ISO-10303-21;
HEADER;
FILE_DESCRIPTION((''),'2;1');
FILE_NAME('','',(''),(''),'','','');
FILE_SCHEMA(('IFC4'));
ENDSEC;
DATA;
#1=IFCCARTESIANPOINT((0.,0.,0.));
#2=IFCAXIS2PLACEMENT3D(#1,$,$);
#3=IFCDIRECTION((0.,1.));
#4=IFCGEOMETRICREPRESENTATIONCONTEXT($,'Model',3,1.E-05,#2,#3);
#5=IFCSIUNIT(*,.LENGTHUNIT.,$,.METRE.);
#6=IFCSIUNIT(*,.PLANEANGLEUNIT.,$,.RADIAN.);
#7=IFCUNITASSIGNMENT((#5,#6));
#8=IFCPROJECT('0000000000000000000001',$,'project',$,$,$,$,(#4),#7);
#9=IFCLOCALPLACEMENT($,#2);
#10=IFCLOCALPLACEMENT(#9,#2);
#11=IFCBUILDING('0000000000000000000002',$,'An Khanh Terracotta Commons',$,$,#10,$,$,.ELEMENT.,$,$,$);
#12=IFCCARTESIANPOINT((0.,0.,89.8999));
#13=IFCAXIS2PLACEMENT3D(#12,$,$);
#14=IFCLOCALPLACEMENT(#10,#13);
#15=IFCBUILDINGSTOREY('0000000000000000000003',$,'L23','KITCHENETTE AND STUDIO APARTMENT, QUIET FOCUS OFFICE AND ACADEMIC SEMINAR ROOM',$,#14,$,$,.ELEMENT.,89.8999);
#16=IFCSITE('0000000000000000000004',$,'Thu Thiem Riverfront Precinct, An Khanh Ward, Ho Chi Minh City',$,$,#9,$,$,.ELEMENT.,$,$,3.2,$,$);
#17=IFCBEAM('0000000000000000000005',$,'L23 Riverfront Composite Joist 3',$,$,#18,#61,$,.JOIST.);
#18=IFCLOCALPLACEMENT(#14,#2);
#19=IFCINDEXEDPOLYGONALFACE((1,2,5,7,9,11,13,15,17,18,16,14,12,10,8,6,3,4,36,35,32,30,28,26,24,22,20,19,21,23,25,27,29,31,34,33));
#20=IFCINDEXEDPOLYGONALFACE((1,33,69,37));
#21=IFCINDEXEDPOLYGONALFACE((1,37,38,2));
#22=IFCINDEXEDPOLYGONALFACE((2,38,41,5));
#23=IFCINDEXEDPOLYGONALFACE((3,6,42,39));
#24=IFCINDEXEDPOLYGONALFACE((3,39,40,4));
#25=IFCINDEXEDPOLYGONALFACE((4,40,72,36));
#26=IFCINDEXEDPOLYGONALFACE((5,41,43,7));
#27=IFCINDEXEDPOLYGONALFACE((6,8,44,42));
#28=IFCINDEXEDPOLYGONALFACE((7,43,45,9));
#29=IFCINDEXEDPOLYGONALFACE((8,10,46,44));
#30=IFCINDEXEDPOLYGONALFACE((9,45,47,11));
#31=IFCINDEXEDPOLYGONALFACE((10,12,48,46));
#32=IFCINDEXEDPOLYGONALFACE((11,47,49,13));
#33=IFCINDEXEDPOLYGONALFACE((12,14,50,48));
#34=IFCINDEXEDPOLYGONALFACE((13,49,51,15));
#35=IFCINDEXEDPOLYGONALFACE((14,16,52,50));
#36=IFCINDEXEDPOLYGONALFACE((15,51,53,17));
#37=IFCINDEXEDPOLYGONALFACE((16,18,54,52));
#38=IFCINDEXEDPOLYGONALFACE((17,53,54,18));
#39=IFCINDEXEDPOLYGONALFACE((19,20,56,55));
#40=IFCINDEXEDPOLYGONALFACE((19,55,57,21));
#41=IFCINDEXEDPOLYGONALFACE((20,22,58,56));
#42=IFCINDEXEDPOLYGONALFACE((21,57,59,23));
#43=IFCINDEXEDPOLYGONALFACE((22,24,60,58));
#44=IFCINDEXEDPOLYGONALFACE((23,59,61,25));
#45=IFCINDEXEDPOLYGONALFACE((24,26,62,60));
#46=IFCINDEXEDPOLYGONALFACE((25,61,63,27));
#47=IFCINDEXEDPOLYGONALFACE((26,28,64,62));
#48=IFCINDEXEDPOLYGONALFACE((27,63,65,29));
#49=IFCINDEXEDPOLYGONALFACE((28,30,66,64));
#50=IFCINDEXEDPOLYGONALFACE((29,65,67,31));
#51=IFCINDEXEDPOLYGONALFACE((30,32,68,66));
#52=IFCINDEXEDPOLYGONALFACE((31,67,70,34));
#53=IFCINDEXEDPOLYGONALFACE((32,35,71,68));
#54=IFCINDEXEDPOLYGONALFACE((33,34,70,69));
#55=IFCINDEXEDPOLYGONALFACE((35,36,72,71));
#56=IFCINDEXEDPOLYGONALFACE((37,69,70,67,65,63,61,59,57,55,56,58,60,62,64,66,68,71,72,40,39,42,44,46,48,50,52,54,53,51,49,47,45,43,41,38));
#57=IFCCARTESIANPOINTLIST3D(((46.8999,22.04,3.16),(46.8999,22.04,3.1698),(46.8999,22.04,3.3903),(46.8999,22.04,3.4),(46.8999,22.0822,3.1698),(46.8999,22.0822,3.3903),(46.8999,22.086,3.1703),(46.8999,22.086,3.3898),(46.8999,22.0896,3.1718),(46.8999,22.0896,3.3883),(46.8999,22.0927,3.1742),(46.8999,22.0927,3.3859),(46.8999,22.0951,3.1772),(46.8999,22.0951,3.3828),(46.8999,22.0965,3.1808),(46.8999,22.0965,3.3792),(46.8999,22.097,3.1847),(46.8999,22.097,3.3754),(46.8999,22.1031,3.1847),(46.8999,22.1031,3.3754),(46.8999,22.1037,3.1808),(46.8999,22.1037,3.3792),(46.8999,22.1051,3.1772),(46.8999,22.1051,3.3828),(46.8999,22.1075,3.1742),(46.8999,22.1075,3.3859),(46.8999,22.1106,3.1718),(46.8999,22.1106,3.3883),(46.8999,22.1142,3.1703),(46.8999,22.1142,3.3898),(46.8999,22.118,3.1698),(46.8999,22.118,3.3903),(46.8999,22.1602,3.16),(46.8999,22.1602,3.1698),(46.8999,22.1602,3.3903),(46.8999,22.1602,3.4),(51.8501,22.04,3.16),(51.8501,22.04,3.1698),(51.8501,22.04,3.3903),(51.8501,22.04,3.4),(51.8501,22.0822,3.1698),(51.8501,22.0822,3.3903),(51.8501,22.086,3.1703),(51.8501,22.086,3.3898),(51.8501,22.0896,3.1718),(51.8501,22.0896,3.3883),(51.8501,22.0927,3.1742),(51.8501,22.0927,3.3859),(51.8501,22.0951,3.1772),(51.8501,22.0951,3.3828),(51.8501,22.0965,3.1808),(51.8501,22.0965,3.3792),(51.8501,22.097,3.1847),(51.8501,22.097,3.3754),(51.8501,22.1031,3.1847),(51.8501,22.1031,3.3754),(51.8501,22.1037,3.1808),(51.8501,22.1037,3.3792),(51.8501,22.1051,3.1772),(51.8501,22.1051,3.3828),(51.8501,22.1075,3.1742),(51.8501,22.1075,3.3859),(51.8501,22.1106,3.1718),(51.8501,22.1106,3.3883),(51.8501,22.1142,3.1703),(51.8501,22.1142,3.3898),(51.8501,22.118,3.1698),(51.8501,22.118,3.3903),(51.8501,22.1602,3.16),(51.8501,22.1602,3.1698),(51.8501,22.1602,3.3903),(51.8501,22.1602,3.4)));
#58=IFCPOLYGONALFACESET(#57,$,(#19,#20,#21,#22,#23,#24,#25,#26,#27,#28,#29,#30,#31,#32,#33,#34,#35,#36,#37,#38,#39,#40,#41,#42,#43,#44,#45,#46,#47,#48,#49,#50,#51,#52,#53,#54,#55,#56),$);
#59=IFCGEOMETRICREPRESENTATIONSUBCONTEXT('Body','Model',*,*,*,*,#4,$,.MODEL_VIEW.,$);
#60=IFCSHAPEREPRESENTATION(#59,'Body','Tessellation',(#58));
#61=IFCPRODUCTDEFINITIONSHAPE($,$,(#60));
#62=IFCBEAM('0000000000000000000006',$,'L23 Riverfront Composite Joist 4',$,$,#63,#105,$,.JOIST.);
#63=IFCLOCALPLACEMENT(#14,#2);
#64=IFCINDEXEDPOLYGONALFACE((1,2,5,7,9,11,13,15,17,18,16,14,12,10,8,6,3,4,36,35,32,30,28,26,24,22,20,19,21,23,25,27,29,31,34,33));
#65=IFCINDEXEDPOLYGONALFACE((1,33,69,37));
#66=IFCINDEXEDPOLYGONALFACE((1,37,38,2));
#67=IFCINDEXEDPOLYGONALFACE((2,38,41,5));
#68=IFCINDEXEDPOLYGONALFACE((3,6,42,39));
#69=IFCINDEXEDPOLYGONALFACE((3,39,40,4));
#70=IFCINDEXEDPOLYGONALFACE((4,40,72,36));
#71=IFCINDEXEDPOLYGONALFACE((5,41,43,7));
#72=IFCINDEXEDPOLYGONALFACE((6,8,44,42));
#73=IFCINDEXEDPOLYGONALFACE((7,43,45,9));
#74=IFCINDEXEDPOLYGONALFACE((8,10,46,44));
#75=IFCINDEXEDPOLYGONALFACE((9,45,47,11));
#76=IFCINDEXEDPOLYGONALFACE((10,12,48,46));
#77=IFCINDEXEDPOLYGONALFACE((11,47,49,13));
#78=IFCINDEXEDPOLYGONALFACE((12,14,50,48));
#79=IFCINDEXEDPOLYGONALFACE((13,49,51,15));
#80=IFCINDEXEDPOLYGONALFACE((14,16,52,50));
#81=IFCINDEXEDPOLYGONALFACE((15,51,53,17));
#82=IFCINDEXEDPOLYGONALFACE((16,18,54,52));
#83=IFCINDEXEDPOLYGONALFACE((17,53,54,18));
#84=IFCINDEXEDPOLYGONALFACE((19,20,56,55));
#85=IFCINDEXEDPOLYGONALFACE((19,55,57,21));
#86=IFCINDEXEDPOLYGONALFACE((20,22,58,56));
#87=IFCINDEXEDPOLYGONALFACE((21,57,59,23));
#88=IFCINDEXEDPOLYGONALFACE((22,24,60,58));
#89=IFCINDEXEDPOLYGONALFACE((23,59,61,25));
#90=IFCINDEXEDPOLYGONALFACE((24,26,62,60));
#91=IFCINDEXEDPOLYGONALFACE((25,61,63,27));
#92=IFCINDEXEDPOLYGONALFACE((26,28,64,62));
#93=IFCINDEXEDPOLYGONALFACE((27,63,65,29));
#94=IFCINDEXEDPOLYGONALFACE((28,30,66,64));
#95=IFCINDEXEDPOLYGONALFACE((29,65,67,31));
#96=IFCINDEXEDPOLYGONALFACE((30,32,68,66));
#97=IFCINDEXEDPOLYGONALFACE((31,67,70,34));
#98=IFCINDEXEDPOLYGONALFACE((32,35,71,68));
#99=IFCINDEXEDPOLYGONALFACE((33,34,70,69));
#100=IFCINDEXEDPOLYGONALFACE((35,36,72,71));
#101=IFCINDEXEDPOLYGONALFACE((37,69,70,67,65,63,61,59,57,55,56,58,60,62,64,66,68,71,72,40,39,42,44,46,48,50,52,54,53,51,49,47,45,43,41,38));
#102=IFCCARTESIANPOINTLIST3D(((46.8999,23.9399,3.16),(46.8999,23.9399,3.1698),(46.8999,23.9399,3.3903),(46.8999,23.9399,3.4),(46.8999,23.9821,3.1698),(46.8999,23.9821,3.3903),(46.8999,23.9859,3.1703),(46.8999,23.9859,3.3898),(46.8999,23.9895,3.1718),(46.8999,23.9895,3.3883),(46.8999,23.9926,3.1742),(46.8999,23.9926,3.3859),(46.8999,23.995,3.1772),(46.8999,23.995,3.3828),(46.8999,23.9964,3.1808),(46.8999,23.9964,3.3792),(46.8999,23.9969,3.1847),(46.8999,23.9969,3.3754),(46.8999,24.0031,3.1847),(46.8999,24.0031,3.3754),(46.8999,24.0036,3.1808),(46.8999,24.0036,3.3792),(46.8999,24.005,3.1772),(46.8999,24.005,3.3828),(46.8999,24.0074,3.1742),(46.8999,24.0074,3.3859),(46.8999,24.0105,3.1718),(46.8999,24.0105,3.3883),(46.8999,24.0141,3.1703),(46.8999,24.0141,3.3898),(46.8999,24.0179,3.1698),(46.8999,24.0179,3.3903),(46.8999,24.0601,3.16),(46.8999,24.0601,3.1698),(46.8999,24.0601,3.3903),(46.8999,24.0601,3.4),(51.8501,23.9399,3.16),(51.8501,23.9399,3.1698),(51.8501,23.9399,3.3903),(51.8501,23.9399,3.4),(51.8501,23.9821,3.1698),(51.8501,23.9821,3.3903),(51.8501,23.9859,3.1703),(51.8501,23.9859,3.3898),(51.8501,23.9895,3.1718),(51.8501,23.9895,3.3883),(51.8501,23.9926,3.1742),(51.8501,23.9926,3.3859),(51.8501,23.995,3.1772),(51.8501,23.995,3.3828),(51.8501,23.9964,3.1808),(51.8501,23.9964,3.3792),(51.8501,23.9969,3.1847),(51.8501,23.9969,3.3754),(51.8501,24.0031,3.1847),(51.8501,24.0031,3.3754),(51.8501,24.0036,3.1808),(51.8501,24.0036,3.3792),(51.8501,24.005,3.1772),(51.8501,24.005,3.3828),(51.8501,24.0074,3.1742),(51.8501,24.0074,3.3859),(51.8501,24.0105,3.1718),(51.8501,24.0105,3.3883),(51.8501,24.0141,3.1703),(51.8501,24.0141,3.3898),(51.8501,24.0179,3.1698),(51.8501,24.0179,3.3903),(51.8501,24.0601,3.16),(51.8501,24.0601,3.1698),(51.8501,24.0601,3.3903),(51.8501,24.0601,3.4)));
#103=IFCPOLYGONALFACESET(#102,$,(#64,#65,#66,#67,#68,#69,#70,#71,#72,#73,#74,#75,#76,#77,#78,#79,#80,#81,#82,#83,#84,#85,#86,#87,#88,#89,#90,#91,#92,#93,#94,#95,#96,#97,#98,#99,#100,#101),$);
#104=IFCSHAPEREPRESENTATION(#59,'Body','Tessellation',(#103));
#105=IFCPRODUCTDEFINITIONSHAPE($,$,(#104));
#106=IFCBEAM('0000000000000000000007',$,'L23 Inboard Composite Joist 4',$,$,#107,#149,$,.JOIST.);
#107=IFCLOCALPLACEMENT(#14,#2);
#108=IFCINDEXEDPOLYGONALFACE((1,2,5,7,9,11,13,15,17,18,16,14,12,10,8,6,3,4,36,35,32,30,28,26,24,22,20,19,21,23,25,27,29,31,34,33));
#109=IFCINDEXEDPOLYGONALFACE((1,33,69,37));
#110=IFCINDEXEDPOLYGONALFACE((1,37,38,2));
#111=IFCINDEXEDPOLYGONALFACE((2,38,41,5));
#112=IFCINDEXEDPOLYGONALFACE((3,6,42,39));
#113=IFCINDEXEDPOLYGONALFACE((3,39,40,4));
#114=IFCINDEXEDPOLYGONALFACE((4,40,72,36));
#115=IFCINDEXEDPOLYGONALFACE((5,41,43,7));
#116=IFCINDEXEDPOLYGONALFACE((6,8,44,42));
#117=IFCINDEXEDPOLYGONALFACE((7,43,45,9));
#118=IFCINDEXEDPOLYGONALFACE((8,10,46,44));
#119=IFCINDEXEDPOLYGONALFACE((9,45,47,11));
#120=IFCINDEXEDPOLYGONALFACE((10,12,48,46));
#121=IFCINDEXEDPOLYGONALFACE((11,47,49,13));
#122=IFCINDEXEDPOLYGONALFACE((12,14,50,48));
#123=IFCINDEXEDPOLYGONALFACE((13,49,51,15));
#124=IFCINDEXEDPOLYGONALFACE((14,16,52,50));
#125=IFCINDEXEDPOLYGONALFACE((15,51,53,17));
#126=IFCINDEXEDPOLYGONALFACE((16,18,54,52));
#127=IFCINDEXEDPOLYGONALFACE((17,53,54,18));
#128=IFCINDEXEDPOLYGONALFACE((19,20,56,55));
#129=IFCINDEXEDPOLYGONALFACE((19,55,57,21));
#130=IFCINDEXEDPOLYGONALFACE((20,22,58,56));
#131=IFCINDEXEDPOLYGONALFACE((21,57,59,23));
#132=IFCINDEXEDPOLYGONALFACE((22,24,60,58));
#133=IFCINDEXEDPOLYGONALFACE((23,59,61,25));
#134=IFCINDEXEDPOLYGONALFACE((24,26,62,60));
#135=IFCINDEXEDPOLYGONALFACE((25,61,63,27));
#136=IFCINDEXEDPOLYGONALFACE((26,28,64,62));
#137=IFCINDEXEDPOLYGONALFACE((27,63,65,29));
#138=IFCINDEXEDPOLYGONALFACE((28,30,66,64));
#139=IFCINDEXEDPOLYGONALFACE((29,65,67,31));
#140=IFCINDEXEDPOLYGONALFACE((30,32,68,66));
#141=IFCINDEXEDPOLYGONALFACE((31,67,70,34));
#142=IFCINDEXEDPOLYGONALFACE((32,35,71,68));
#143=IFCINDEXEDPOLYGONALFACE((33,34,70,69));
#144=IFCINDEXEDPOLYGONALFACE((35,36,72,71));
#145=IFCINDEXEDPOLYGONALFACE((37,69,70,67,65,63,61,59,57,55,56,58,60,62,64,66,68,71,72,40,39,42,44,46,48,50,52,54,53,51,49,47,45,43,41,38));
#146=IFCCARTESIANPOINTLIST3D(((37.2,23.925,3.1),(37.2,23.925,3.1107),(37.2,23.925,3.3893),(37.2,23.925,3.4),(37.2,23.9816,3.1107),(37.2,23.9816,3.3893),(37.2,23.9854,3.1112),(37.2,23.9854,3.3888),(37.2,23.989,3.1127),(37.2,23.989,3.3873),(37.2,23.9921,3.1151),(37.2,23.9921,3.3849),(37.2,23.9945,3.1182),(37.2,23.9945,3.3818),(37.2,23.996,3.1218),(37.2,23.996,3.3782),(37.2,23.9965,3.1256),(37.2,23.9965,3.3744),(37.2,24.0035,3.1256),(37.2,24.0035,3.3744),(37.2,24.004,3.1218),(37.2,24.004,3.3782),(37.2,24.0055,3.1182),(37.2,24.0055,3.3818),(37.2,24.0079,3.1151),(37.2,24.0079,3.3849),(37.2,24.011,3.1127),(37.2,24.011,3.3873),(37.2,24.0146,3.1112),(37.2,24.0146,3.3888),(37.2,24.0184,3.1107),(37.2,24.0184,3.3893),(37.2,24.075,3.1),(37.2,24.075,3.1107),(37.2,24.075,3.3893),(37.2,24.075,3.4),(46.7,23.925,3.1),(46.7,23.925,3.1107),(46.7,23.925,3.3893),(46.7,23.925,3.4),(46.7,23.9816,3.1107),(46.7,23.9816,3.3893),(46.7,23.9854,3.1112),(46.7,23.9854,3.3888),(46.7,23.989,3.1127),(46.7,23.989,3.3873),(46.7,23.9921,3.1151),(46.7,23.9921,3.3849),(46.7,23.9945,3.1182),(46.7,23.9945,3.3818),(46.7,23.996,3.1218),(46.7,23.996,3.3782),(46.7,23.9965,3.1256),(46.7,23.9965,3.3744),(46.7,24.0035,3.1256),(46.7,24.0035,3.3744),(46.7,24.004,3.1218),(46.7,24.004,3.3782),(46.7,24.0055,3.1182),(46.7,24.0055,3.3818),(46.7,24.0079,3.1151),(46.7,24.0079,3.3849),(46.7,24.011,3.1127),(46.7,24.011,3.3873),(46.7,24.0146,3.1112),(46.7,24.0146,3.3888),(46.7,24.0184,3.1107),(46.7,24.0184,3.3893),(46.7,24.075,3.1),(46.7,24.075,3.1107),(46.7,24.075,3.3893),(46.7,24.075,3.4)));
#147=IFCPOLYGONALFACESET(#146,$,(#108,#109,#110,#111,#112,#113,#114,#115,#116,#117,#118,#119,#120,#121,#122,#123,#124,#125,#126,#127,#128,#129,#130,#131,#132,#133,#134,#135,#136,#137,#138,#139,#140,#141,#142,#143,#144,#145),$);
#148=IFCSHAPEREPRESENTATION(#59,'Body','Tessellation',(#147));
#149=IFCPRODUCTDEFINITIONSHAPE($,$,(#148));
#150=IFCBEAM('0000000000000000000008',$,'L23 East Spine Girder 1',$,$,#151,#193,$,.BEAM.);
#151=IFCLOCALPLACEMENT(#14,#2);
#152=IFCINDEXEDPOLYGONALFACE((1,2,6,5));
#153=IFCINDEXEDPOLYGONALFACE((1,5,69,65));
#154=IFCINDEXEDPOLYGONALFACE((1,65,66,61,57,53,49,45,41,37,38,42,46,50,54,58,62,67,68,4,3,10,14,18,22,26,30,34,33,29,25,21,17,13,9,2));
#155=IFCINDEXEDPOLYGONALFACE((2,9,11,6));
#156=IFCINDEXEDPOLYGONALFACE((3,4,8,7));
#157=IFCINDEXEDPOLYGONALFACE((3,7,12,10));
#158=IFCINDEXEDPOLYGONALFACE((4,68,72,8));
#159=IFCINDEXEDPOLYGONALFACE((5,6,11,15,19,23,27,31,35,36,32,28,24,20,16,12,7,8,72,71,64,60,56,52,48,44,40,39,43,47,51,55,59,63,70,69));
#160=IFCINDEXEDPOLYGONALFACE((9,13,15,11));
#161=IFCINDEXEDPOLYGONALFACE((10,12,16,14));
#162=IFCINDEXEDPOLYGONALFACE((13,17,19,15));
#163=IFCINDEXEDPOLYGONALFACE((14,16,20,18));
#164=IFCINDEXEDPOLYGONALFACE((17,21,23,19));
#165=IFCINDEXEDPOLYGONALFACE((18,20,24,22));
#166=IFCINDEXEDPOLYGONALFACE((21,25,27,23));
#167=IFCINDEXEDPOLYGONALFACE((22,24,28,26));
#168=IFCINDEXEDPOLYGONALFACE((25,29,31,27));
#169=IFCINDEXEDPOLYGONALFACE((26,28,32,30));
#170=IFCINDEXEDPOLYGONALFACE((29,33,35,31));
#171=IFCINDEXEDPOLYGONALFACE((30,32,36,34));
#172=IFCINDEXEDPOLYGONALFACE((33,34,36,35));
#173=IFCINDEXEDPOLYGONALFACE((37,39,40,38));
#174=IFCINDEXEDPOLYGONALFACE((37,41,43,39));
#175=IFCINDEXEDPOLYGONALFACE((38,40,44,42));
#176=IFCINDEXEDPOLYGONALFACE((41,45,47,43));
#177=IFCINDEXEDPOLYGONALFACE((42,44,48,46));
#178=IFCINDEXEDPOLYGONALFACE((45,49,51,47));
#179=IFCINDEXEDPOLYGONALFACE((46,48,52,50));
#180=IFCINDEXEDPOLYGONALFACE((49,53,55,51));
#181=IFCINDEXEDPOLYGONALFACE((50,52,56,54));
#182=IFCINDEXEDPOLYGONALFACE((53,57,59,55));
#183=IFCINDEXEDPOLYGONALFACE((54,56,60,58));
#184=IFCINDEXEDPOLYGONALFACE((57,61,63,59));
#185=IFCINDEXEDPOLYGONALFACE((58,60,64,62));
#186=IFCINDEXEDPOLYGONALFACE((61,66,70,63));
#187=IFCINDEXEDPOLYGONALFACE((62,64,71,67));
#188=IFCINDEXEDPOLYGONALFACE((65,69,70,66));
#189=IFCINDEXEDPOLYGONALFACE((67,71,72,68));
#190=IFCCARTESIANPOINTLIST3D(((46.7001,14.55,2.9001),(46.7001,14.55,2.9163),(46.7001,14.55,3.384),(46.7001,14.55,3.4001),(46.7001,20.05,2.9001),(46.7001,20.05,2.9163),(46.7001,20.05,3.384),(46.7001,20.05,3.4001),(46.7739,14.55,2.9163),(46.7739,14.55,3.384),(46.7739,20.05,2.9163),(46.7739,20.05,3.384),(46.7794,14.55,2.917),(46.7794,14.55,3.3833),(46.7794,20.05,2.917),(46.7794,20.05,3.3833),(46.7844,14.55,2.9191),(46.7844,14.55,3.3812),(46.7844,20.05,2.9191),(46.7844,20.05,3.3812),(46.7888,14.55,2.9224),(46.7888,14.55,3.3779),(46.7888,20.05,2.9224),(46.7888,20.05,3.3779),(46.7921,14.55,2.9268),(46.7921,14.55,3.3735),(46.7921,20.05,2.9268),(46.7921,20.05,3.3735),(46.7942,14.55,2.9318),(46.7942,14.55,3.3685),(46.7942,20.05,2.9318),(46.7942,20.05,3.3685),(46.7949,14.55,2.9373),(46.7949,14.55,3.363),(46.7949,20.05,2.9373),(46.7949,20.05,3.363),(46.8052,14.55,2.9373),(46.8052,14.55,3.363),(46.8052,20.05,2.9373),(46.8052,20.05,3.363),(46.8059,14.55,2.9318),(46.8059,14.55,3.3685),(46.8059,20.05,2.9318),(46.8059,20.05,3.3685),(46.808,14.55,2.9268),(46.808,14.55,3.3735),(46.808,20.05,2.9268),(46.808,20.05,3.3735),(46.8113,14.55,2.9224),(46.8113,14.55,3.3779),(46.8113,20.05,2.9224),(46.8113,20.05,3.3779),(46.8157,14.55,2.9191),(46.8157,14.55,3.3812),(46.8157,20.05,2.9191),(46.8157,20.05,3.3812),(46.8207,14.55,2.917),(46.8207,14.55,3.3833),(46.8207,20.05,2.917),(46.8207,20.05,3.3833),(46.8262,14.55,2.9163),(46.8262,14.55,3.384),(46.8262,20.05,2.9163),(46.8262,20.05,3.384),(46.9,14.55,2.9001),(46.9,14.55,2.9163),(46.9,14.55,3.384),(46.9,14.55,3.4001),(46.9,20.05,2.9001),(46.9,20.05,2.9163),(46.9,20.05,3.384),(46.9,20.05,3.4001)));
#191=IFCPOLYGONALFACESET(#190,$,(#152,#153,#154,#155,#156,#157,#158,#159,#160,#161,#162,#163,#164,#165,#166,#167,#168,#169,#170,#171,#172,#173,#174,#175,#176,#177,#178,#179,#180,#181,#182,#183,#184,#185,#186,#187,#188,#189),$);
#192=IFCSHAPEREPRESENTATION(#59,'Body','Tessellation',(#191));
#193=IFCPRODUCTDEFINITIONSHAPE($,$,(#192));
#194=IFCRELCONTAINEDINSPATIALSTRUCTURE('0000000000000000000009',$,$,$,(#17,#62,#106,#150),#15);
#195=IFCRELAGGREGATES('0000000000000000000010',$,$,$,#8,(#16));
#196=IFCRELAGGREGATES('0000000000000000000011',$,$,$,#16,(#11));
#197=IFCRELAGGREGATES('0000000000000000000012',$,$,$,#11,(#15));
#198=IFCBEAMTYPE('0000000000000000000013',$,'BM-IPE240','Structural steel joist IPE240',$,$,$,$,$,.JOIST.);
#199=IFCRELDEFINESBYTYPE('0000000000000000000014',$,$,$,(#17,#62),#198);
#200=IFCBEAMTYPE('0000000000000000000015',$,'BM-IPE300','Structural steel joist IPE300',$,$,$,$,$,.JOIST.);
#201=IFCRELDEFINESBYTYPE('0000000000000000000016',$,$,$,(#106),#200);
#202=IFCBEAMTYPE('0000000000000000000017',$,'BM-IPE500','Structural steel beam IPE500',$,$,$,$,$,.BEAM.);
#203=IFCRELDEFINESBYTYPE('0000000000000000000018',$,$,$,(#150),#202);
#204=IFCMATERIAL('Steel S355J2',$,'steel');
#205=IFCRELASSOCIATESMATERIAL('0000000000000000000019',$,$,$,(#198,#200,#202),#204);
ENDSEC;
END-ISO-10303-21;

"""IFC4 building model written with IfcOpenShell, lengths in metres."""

from ifc_helpers import new_model, si_unit, direction, frame, origin, origin_2d, place, context, subcontext, project, spatial, i_section, extrude, material, material_profile, profile_set, type_object, element, save


model = new_model("IFC4")

# Units and contexts
model_context = context("Model", 3, precision=1e-05, world=origin(), true_north=direction((0.0, 1.0)))
body_context = subcontext(model_context, "Body", "Model", "MODEL_VIEW")
ifc_project = project(units=[si_unit("LENGTHUNIT", "METRE"), si_unit("PLANEANGLEUNIT", "RADIAN")], contexts=[model_context])

# Site, building, storey
site_placement = place(None, origin())
site = spatial("IfcSite", under=ifc_project, at=site_placement, Name="Thu Thiem Riverfront Precinct, An Khanh Ward, Ho Chi Minh City", CompositionType="ELEMENT", RefElevation=3.2)
building_placement = place(site_placement, origin())
building = spatial("IfcBuilding", under=site, at=building_placement, Name="An Khanh Terracotta Commons", CompositionType="ELEMENT")
storey_placement = place(building_placement, frame((0.0, 0.0, 89.8999)))
storey = spatial("IfcBuildingStorey", under=building, at=storey_placement, Name="L23", Description="KITCHENETTE AND STUDIO APARTMENT, QUIET FOCUS OFFICE AND ACADEMIC SEMINAR ROOM", CompositionType="ELEMENT", Elevation=89.8999)

# Beams
ifc_material_1 = material(Name="Steel S355J2", Category="steel")
ifc_material_profile_1 = material_profile(ifc_material_1, i_section(OverallWidth=0.1201, OverallDepth=0.24, WebThickness=0.0061, FlangeThickness=0.0098, FilletRadius=0.0149, at=origin_2d()), Name="IPE240")
ifc_profile_set_1 = profile_set([ifc_material_profile_1], Name="Steel S355J2")
beam_type_1 = type_object("IfcBeamType", Name="BM-IPE240", Description="Structural steel joist IPE240", PredefinedType="JOIST", material=ifc_profile_set_1)
for number, where, z_axis, x_axis, name in (
    (1, (46.8999, 22.1001, 3.28), (1.0, 0.0, 0.0), (0.0, 1.0, 0.0), "L23 Riverfront Composite Joist 3"),
    (2, (46.8999, 24.0, 3.28), (1.0, 0.0, 0.0), (0.0, 1.0, 0.0), "L23 Riverfront Composite Joist 4"),
):
    element("IfcBeam", number, at=place(storey_placement, frame(where, z_axis=z_axis, x_axis=x_axis)), inside=storey, type_object=beam_type_1, Name=name, PredefinedType="JOIST", context=body_context, shape_type="SweptSolid", body=[
        extrude(i_section(OverallWidth=0.1201, OverallDepth=0.24, WebThickness=0.0061, FlangeThickness=0.0098, FilletRadius=0.0149, at=origin_2d()), origin(), (0.0, 0.0, 1.0), 4.9502),
    ])
ifc_material_profile_2 = material_profile(ifc_material_1, i_section(OverallWidth=0.1499, OverallDepth=0.3, WebThickness=0.0071, FlangeThickness=0.0107, FilletRadius=0.0149, at=origin_2d()), Name="IPE300")
ifc_profile_set_2 = profile_set([ifc_material_profile_2], Name="Steel S355J2")
beam_type_2 = type_object("IfcBeamType", Name="BM-IPE300", Description="Structural steel joist IPE300", PredefinedType="JOIST", material=ifc_profile_set_2)
beam_1_placement = place(storey_placement, frame((37.2, 24.0, 3.25), z_axis=(1.0, 0.0, 0.0), x_axis=(0.0, 1.0, 0.0)))
element("IfcBeam", 3, at=beam_1_placement, inside=storey, type_object=beam_type_2, Name="L23 Inboard Composite Joist 4", PredefinedType="JOIST", context=body_context, shape_type="SweptSolid", body=[
    extrude(i_section(OverallWidth=0.1499, OverallDepth=0.3, WebThickness=0.0071, FlangeThickness=0.0107, FilletRadius=0.0149, at=origin_2d()), origin(), (0.0, 0.0, 1.0), 9.5),
])
ifc_material_profile_3 = material_profile(ifc_material_1, i_section(OverallWidth=0.2, OverallDepth=0.5, WebThickness=0.0103, FlangeThickness=0.0161, FilletRadius=0.021, at=origin_2d()), Name="IPE500")
ifc_profile_set_3 = profile_set([ifc_material_profile_3], Name="Steel S355J2")
beam_type_3 = type_object("IfcBeamType", Name="BM-IPE500", Description="Structural steel beam IPE500", PredefinedType="BEAM", material=ifc_profile_set_3)
beam_2_placement = place(storey_placement, frame((46.8, 14.55, 3.1501), z_axis=(0.0, 1.0, 0.0), x_axis=(-1.0, 0.0, 0.0)))
element("IfcBeam", 4, at=beam_2_placement, inside=storey, type_object=beam_type_3, Name="L23 East Spine Girder 1", PredefinedType="BEAM", context=body_context, shape_type="SweptSolid", body=[
    extrude(i_section(OverallWidth=0.2, OverallDepth=0.5, WebThickness=0.0103, FlangeThickness=0.0161, FilletRadius=0.021, at=origin_2d()), origin(), (0.0, 0.0, 1.0), 5.5),
])

save(model, "model.ifc")
